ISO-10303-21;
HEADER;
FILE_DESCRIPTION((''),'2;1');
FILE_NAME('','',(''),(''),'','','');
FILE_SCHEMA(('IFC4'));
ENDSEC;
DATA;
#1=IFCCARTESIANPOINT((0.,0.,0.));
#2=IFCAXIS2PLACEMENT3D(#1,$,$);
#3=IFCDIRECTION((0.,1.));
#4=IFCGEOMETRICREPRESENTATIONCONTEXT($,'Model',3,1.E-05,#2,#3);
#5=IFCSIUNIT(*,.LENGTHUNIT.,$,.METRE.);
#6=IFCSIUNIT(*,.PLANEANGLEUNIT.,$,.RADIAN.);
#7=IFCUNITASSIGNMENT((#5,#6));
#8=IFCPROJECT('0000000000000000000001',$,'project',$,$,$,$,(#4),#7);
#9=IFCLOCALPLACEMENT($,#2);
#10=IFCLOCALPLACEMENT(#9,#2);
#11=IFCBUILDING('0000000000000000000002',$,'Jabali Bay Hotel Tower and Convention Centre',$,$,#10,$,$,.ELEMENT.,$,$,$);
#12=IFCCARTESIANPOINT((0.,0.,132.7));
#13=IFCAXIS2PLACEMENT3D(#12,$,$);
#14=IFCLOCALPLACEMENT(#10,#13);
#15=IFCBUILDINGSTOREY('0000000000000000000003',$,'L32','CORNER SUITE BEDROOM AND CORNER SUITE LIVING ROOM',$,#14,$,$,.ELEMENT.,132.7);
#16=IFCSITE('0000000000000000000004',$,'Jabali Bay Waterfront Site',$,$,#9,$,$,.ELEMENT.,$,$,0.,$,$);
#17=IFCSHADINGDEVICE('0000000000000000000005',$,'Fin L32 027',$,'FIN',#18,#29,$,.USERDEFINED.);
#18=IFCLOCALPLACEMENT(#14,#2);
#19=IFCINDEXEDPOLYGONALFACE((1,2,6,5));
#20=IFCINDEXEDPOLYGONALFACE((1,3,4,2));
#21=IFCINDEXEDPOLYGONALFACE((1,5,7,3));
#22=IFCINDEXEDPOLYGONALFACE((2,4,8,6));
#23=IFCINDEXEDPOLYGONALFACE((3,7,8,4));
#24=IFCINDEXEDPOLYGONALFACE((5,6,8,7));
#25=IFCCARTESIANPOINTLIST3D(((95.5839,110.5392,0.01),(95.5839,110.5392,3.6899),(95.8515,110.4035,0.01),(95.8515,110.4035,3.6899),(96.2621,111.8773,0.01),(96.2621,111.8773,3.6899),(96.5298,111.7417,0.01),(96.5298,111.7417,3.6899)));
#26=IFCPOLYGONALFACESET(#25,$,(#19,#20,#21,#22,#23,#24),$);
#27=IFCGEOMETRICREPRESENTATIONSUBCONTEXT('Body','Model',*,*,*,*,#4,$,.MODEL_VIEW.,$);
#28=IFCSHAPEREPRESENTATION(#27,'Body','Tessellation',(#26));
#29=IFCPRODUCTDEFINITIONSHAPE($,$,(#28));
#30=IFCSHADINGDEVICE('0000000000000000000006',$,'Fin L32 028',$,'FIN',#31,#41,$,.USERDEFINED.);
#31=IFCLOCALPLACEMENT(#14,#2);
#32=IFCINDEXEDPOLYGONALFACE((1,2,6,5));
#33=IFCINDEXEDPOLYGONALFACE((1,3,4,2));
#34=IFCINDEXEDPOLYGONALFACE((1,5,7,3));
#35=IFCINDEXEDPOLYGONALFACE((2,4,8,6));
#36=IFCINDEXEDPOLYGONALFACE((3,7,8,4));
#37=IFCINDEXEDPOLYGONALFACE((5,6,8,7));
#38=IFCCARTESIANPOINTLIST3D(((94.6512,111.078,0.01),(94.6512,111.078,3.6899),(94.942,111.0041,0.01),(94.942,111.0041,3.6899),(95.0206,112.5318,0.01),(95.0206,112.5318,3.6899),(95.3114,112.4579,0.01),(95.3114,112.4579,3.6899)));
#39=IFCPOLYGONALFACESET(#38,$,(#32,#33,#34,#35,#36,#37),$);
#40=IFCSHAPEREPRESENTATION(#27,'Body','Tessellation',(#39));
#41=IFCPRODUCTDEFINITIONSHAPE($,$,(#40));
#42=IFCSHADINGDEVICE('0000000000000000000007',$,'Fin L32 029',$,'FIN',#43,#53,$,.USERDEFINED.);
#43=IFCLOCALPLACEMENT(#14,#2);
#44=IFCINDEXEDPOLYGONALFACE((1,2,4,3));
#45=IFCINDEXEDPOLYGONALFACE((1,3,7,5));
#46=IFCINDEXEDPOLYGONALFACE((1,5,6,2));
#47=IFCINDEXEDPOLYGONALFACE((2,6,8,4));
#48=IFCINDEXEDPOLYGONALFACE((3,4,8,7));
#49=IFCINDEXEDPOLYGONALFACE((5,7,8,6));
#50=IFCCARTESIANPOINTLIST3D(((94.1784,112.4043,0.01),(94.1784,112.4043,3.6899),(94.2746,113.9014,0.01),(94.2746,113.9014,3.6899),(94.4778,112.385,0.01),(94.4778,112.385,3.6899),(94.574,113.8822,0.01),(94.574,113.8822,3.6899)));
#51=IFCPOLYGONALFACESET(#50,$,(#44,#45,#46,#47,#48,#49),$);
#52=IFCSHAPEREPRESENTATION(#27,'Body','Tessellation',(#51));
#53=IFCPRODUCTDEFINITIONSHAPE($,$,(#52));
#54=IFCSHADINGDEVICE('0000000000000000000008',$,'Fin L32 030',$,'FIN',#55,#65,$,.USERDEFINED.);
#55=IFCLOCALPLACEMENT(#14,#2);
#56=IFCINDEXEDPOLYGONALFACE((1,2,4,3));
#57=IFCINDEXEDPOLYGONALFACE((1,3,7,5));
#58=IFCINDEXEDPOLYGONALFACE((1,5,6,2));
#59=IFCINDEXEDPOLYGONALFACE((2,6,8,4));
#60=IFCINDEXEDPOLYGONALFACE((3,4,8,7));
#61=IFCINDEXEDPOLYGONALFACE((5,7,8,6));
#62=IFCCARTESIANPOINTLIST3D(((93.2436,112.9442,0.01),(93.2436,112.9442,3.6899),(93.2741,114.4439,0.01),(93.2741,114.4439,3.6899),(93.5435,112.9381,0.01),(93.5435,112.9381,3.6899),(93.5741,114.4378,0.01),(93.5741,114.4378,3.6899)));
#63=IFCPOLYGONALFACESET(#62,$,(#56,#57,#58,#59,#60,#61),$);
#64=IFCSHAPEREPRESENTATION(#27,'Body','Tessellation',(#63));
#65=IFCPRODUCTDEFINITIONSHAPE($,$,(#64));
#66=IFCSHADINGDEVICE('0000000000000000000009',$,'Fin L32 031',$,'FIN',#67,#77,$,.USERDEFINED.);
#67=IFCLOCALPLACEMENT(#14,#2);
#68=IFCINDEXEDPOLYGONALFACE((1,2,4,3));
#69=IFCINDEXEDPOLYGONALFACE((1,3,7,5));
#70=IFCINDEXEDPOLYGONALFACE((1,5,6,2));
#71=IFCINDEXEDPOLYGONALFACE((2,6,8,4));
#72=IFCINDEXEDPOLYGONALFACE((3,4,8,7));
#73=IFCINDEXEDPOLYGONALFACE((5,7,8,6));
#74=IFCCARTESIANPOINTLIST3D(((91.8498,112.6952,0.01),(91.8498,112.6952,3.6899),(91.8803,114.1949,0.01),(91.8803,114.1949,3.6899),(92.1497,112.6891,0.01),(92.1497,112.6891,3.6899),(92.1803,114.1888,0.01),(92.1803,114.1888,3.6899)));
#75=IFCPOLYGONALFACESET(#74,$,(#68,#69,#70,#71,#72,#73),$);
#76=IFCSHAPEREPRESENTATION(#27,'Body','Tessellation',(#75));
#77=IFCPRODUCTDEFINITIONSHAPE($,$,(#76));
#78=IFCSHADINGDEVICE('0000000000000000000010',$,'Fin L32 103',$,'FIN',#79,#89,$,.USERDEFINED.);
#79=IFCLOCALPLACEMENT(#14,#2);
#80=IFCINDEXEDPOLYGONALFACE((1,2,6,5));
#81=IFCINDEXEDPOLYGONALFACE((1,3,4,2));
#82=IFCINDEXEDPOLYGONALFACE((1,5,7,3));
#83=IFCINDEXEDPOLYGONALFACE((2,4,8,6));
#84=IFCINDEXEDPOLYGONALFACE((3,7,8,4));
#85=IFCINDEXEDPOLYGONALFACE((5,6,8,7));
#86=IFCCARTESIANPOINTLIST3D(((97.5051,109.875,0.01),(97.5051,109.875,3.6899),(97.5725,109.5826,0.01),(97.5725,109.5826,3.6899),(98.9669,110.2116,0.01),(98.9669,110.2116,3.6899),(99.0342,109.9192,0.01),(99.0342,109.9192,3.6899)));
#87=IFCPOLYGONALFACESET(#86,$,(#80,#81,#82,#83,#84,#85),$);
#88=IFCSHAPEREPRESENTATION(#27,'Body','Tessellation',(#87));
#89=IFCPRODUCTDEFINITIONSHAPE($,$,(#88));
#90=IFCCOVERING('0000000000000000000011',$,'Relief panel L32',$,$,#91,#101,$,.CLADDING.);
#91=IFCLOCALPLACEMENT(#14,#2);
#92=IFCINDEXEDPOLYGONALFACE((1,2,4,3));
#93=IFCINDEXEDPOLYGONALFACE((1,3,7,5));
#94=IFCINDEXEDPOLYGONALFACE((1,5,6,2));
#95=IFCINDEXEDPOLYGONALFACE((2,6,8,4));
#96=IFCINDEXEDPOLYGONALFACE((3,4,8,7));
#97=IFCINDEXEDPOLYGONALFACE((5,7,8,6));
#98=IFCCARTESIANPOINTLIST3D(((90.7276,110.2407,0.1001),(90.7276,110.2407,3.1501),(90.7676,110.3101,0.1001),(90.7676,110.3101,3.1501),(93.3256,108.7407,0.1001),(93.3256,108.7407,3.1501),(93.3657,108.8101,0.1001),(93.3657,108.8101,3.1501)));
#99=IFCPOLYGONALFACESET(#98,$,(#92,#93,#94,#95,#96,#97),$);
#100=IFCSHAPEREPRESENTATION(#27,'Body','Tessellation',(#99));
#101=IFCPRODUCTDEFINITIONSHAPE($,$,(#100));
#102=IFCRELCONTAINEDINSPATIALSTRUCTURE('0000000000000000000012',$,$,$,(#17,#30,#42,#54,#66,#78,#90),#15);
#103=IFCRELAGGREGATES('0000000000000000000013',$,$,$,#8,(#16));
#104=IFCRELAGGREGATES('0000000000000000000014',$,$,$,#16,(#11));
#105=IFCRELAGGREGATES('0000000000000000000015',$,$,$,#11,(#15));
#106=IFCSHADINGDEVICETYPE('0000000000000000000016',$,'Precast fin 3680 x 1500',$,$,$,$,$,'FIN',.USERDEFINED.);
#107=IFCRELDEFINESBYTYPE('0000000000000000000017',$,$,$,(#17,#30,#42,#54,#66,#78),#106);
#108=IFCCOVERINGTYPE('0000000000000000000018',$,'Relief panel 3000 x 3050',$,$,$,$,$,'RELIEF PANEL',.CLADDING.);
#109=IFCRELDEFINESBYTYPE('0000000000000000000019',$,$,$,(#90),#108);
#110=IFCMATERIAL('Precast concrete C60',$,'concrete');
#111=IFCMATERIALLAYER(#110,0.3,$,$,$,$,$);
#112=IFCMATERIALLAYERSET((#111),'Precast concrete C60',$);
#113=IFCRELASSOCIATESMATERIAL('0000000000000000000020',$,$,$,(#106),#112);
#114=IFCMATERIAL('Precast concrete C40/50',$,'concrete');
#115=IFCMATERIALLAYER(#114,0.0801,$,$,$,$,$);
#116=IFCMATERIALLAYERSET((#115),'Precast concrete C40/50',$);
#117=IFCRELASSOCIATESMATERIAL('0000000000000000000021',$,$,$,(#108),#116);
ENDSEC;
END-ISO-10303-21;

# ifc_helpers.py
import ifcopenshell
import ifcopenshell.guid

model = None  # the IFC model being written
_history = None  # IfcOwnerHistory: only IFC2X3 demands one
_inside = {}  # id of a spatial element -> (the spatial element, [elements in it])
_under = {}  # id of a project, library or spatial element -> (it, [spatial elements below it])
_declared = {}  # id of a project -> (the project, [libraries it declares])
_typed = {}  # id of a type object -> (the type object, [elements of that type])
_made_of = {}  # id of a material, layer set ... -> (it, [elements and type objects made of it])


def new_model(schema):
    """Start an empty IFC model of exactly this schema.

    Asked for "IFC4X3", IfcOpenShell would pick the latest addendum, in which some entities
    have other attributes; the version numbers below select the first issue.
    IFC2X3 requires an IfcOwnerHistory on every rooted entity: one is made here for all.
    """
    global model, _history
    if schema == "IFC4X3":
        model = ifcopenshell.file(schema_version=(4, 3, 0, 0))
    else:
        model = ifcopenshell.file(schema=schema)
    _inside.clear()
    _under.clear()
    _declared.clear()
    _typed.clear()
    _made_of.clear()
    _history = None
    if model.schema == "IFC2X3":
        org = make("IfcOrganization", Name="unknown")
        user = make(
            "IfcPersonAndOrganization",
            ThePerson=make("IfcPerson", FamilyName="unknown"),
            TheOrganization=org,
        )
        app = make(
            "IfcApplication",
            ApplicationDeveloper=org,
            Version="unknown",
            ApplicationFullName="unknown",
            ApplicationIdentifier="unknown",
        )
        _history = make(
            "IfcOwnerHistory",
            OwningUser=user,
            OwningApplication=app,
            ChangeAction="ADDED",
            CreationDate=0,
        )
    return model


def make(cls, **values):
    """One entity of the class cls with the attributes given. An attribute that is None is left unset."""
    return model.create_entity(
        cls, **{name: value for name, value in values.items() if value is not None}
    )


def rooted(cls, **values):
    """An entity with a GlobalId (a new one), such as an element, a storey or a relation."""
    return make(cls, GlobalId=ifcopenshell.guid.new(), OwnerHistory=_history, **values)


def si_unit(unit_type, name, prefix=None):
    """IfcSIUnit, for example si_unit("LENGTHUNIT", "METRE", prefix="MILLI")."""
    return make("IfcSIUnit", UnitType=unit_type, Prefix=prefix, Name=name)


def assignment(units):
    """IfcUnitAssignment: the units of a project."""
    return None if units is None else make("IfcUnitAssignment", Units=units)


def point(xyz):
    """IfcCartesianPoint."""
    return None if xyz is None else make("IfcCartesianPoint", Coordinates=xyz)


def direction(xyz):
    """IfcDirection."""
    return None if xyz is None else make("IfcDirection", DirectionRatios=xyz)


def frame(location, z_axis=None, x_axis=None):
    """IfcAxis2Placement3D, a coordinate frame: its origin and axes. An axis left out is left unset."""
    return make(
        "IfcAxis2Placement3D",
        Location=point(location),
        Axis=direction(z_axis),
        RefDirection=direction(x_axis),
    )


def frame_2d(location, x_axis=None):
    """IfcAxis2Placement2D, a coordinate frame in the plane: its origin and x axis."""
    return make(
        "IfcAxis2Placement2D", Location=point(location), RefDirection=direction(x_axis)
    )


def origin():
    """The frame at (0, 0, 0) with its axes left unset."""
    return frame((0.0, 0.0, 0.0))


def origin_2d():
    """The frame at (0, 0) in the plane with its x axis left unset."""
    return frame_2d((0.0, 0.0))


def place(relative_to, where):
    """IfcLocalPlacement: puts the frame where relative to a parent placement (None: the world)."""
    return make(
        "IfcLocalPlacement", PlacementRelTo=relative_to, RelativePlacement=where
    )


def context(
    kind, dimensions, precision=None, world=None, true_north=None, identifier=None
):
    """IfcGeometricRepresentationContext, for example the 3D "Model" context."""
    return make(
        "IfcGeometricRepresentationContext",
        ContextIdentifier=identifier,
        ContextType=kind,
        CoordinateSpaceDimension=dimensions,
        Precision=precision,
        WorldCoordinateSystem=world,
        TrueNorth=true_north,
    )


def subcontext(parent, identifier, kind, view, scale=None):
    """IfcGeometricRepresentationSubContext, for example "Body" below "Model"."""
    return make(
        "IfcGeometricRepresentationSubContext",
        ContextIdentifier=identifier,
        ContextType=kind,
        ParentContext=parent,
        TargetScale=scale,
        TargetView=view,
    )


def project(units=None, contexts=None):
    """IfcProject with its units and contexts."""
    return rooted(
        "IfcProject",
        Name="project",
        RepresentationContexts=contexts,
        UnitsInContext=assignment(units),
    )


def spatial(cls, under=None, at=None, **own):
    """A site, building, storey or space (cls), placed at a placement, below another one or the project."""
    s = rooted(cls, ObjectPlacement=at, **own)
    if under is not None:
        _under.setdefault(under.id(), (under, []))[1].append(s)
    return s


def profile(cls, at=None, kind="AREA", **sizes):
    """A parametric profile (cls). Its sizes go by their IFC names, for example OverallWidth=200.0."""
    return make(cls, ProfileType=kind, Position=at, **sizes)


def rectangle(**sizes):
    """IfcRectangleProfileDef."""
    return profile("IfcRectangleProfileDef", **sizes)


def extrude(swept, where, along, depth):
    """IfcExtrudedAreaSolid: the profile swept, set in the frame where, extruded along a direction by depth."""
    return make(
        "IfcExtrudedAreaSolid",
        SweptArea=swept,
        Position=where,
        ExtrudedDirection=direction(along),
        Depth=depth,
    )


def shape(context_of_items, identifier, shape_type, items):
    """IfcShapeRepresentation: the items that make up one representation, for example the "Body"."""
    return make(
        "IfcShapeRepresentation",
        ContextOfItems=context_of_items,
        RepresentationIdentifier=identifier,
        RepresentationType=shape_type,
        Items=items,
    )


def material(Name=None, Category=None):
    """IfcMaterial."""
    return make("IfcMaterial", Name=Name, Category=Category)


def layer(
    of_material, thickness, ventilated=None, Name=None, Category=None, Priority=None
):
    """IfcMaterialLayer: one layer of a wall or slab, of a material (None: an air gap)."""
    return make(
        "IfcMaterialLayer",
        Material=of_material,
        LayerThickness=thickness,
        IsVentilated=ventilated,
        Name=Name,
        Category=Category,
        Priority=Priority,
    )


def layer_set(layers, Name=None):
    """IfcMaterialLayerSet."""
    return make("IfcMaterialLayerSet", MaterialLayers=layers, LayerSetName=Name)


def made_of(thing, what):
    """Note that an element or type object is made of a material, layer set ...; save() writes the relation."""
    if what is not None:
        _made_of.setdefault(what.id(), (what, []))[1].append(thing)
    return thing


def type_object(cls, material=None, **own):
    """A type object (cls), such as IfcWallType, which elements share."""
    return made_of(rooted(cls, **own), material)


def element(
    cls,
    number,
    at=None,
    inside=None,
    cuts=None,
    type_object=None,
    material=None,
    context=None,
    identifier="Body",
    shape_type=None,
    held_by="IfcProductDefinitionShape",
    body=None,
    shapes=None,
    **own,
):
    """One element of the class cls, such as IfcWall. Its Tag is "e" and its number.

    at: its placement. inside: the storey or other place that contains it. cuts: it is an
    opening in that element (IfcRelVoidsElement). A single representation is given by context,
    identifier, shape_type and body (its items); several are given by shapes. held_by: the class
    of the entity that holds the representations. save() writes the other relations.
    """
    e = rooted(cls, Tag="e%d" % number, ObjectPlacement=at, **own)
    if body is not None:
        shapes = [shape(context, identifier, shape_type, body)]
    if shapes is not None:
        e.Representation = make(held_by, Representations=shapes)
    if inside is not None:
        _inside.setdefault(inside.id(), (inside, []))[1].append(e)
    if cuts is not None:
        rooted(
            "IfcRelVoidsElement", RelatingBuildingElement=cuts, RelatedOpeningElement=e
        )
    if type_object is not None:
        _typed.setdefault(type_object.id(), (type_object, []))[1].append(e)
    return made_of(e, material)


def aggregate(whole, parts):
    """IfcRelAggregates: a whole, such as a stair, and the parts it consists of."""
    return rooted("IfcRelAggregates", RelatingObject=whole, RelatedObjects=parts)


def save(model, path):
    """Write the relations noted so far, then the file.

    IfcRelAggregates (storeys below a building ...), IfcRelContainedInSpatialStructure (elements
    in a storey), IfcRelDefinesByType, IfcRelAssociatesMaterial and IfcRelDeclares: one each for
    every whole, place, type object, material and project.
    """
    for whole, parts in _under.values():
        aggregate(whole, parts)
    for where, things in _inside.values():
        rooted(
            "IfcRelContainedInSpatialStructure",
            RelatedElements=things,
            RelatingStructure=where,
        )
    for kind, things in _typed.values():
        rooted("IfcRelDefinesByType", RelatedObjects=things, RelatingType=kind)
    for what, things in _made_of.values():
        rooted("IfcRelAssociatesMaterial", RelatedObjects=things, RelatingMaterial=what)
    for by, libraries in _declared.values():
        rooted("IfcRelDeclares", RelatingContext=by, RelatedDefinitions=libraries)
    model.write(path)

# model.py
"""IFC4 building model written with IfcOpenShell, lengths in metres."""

from ifc_helpers import new_model, si_unit, direction, frame, frame_2d, origin, origin_2d, place, context, subcontext, project, spatial, rectangle, extrude, material, layer, layer_set, type_object, element, save


model = new_model("IFC4")

# Units and contexts
model_context = context("Model", 3, precision=1e-05, world=origin(), true_north=direction((0.0, 1.0)))
body_context = subcontext(model_context, "Body", "Model", "MODEL_VIEW")
ifc_project = project(units=[si_unit("LENGTHUNIT", "METRE"), si_unit("PLANEANGLEUNIT", "RADIAN")], contexts=[model_context])

# Site, building, storey
site_placement = place(None, origin())
site = spatial("IfcSite", under=ifc_project, at=site_placement, Name="Jabali Bay Waterfront Site", CompositionType="ELEMENT", RefElevation=0.0)
building_placement = place(site_placement, origin())
building = spatial("IfcBuilding", under=site, at=building_placement, Name="Jabali Bay Hotel Tower and Convention Centre", CompositionType="ELEMENT")
storey_placement = place(building_placement, frame((0.0, 0.0, 132.7)))
storey = spatial("IfcBuildingStorey", under=building, at=storey_placement, Name="L32", Description="CORNER SUITE BEDROOM AND CORNER SUITE LIVING ROOM", CompositionType="ELEMENT", Elevation=132.7)

# Shading devices
ifc_material_1 = material(Name="Precast concrete C60", Category="concrete")
ifc_layer_1 = layer(ifc_material_1, 0.3)
ifc_layer_set_1 = layer_set([ifc_layer_1], Name="Precast concrete C60")
shading_device_type = type_object("IfcShadingDeviceType", Name="Precast fin 3680 x 1500", ElementType="FIN", PredefinedType="USERDEFINED", material=ifc_layer_set_1)
shading_device_1_placement = place(storey_placement, frame((95.7178, 110.4714, 0.01), z_axis=(0.0, 0.0, 1.0), x_axis=(0.452089, 0.891973, 0.0)))
element("IfcShadingDevice", 1, at=shading_device_1_placement, inside=storey, type_object=shading_device_type, Name="Fin L32 027", ObjectType="FIN", PredefinedType="USERDEFINED", context=body_context, shape_type="SweptSolid", body=[
    extrude(rectangle(XDim=1.5002, YDim=0.3, at=frame_2d((0.75, 0.0))), origin(), (0.0, 0.0, 1.0), 3.6799),
])
shading_device_2_placement = place(storey_placement, frame((94.7966, 111.041, 0.01), z_axis=(0.0, 0.0, 1.0), x_axis=(0.246248, 0.969207, 0.0)))
element("IfcShadingDevice", 2, at=shading_device_2_placement, inside=storey, type_object=shading_device_type, Name="Fin L32 028", ObjectType="FIN", PredefinedType="USERDEFINED", context=body_context, shape_type="SweptSolid", body=[
    extrude(rectangle(XDim=1.5, YDim=0.3, at=frame_2d((0.75, 0.0))), origin(), (0.0, 0.0, 1.0), 3.6799),
])
shading_device_3_placement = place(storey_placement, frame((94.3281, 112.3948, 0.01), z_axis=(0.0, 0.0, 1.0), x_axis=(0.064121, 0.997942, 0.0)))
element("IfcShadingDevice", 3, at=shading_device_3_placement, inside=storey, type_object=shading_device_type, Name="Fin L32 029", ObjectType="FIN", PredefinedType="USERDEFINED", context=body_context, shape_type="SweptSolid", body=[
    extrude(rectangle(XDim=1.5002, YDim=0.3, at=frame_2d((0.75, 0.0))), origin(), (0.0, 0.0, 1.0), 3.6799),
])
for number, where, z_axis, x_axis, name in (
    (4, (93.3936, 112.9412, 0.01), (0.0, 0.0, 1.0), (0.020344, 0.999793, 0.0), "Fin L32 030"),
    (5, (91.9998, 112.6921, 0.01), (0.0, 0.0, 1.0), (0.020344, 0.999793, 0.0), "Fin L32 031"),
    (6, (97.5388, 109.7288, 0.01), (0.0, 0.0, 1.0), (0.974484, 0.224455, 0.0), "Fin L32 103"),
):
    element("IfcShadingDevice", number, at=place(storey_placement, frame(where, z_axis=z_axis, x_axis=x_axis)), inside=storey, type_object=shading_device_type, Name=name, ObjectType="FIN", PredefinedType="USERDEFINED", context=body_context, shape_type="SweptSolid", body=[
        extrude(rectangle(XDim=1.5, YDim=0.3, at=frame_2d((0.75, 0.0))), origin(), (0.0, 0.0, 1.0), 3.6799),
    ])

# Covering
ifc_material_2 = material(Name="Precast concrete C40/50", Category="concrete")
ifc_layer_2 = layer(ifc_material_2, 0.0801)
ifc_layer_set_2 = layer_set([ifc_layer_2], Name="Precast concrete C40/50")
covering_type = type_object("IfcCoveringType", Name="Relief panel 3000 x 3050", ElementType="RELIEF PANEL", PredefinedType="CLADDING", material=ifc_layer_set_2)
covering_placement = place(storey_placement, frame((92.0466, 109.5254, 0.1001), z_axis=(0.0, 0.0, 1.0), x_axis=(0.866025, -0.5, 0.0)))
element("IfcCovering", 7, at=covering_placement, inside=storey, type_object=covering_type, Name="Relief panel L32", PredefinedType="CLADDING", context=body_context, shape_type="SweptSolid", body=[
    extrude(rectangle(XDim=3.0, YDim=0.0801, at=origin_2d()), origin(), (0.0, 0.0, 1.0), 3.05),
])

save(model, "model.ifc")
